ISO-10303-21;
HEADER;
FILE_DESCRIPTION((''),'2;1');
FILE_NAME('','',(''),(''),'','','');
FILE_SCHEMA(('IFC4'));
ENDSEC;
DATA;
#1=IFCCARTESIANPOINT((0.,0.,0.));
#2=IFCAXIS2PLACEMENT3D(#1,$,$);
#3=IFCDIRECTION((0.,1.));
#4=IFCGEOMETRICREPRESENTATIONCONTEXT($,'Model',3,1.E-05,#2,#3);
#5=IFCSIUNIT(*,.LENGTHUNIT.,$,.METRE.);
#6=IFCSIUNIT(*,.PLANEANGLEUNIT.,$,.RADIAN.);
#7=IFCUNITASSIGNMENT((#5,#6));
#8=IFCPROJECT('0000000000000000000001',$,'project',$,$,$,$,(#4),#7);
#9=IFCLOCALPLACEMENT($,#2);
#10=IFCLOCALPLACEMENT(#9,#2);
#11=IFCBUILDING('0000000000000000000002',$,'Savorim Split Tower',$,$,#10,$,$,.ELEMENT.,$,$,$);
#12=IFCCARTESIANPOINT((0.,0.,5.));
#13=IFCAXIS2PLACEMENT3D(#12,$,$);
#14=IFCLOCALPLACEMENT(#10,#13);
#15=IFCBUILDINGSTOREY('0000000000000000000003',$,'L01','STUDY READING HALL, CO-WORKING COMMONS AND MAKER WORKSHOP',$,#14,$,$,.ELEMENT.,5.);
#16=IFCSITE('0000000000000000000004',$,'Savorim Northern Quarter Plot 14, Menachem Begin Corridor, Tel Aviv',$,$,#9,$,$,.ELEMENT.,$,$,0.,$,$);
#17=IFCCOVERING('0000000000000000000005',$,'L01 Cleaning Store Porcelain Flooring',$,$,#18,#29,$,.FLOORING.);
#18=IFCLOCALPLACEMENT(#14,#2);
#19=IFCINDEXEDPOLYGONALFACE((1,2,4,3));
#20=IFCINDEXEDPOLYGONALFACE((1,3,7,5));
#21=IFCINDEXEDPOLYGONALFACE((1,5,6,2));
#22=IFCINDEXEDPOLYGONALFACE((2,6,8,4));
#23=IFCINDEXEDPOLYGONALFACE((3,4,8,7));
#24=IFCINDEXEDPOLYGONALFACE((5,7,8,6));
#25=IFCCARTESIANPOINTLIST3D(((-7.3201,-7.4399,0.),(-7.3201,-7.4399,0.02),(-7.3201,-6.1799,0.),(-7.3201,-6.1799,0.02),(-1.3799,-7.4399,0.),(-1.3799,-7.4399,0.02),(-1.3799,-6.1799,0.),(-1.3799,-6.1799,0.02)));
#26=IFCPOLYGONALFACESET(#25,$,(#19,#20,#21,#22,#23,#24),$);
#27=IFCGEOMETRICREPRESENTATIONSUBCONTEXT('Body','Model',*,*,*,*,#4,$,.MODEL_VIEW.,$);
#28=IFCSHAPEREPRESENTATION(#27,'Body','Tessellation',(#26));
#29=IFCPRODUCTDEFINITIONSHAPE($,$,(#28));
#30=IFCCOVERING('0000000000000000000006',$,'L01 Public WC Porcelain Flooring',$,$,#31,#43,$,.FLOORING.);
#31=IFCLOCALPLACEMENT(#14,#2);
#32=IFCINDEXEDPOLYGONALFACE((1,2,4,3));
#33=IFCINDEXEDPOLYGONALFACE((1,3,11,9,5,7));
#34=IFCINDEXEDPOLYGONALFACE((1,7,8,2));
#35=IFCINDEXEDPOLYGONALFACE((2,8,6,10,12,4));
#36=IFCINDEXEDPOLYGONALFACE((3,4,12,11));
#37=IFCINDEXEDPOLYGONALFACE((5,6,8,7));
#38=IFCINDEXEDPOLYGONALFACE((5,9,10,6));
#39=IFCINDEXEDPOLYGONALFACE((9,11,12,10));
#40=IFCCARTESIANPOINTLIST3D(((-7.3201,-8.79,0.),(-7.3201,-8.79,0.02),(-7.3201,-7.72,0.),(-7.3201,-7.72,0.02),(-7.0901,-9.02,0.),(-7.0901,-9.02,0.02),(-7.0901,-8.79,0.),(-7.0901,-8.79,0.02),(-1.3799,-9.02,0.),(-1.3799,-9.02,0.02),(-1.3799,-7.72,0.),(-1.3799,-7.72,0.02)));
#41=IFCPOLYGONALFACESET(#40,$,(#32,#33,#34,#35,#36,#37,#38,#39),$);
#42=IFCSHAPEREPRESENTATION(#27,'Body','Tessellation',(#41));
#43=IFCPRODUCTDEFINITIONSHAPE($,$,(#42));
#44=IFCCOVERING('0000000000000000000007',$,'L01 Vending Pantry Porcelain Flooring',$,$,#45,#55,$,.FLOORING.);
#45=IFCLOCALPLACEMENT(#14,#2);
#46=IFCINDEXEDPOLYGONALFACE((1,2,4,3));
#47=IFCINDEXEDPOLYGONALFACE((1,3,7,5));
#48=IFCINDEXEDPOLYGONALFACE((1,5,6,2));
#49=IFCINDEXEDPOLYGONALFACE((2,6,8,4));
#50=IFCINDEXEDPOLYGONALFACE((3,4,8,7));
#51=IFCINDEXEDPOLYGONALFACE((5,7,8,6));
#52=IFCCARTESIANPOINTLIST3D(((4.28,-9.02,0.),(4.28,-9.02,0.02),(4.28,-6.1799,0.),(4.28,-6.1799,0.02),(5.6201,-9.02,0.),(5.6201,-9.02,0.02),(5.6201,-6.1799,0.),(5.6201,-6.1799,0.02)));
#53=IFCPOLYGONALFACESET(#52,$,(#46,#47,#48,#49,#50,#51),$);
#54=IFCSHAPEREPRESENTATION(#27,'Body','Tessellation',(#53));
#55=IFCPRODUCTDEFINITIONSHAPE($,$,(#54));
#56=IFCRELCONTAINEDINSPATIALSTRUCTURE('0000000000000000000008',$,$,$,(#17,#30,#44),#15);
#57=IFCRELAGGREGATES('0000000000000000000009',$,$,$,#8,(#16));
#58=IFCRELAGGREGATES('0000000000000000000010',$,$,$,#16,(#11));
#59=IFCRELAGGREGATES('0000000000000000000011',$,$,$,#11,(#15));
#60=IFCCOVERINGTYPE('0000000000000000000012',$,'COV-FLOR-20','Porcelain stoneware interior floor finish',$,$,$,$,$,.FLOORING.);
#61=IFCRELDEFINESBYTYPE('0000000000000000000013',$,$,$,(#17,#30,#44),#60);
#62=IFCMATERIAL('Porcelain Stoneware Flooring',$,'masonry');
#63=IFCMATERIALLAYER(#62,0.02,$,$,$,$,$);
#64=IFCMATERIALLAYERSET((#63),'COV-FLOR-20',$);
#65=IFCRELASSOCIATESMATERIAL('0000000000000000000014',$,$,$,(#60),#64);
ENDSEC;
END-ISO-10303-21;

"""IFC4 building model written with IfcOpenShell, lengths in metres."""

from ifc_helpers import new_model, si_unit, direction, frame, origin, place, context, subcontext, project, spatial, polyline, outline, extrude, material, layer, layer_set, type_object, element, save


model = new_model("IFC4")

# Units and contexts
model_context = context("Model", 3, precision=1e-05, world=origin(), true_north=direction((0.0, 1.0)))
body_context = subcontext(model_context, "Body", "Model", "MODEL_VIEW")
ifc_project = project(units=[si_unit("LENGTHUNIT", "METRE"), si_unit("PLANEANGLEUNIT", "RADIAN")], contexts=[model_context])

# Site, building, storey
site_placement = place(None, origin())
site = spatial("IfcSite", under=ifc_project, at=site_placement, Name="Savorim Northern Quarter Plot 14, Menachem Begin Corridor, Tel Aviv", CompositionType="ELEMENT", RefElevation=0.0)
building_placement = place(site_placement, origin())
building = spatial("IfcBuilding", under=site, at=building_placement, Name="Savorim Split Tower", CompositionType="ELEMENT")
storey_placement = place(building_placement, frame((0.0, 0.0, 5.0)))
storey = spatial("IfcBuildingStorey", under=building, at=storey_placement, Name="L01", Description="STUDY READING HALL, CO-WORKING COMMONS AND MAKER WORKSHOP", CompositionType="ELEMENT", Elevation=5.0)

# Coverings
ifc_material_1 = material(Name="Porcelain Stoneware Flooring", Category="masonry")
ifc_layer_1 = layer(ifc_material_1, 0.02)
ifc_layer_set_1 = layer_set([ifc_layer_1], Name="COV-FLOR-20")
covering_type_1 = type_object("IfcCoveringType", Name="COV-FLOR-20", Description="Porcelain stoneware interior floor finish", PredefinedType="FLOORING", material=ifc_layer_set_1)
covering_1_placement = place(storey_placement, origin())
element("IfcCovering", 1, at=covering_1_placement, inside=storey, type_object=covering_type_1, Name="L01 Cleaning Store Porcelain Flooring", PredefinedType="FLOORING", context=body_context, shape_type="SweptSolid", body=[
    extrude(outline(polyline([(-7.3201, -6.1799), (-7.3201, -7.4399), (-1.3799, -7.4399), (-1.3799, -6.1799), (-7.3201, -6.1799)])), origin(), (0.0, 0.0, 1.0), 0.02),
])
covering_2_placement = place(storey_placement, origin())
element("IfcCovering", 2, at=covering_2_placement, inside=storey, type_object=covering_type_1, Name="L01 Public WC Porcelain Flooring", PredefinedType="FLOORING", context=body_context, shape_type="SweptSolid", body=[
    extrude(outline(polyline([(-1.3799, -7.72), (-7.3201, -7.72), (-7.3201, -8.79), (-7.0901, -8.79), (-7.0901, -9.02), (-1.3799, -9.02), (-1.3799, -7.72)])), origin(), (0.0, 0.0, 1.0), 0.02),
])
covering_3_placement = place(storey_placement, origin())
element("IfcCovering", 3, at=covering_3_placement, inside=storey, type_object=covering_type_1, Name="L01 Vending Pantry Porcelain Flooring", PredefinedType="FLOORING", context=body_context, shape_type="SweptSolid", body=[
    extrude(outline(polyline([(4.28, -6.1799), (4.28, -9.02), (5.6201, -9.02), (5.6201, -6.1799), (4.28, -6.1799)])), origin(), (0.0, 0.0, 1.0), 0.02),
])

save(model, "model.ifc")
